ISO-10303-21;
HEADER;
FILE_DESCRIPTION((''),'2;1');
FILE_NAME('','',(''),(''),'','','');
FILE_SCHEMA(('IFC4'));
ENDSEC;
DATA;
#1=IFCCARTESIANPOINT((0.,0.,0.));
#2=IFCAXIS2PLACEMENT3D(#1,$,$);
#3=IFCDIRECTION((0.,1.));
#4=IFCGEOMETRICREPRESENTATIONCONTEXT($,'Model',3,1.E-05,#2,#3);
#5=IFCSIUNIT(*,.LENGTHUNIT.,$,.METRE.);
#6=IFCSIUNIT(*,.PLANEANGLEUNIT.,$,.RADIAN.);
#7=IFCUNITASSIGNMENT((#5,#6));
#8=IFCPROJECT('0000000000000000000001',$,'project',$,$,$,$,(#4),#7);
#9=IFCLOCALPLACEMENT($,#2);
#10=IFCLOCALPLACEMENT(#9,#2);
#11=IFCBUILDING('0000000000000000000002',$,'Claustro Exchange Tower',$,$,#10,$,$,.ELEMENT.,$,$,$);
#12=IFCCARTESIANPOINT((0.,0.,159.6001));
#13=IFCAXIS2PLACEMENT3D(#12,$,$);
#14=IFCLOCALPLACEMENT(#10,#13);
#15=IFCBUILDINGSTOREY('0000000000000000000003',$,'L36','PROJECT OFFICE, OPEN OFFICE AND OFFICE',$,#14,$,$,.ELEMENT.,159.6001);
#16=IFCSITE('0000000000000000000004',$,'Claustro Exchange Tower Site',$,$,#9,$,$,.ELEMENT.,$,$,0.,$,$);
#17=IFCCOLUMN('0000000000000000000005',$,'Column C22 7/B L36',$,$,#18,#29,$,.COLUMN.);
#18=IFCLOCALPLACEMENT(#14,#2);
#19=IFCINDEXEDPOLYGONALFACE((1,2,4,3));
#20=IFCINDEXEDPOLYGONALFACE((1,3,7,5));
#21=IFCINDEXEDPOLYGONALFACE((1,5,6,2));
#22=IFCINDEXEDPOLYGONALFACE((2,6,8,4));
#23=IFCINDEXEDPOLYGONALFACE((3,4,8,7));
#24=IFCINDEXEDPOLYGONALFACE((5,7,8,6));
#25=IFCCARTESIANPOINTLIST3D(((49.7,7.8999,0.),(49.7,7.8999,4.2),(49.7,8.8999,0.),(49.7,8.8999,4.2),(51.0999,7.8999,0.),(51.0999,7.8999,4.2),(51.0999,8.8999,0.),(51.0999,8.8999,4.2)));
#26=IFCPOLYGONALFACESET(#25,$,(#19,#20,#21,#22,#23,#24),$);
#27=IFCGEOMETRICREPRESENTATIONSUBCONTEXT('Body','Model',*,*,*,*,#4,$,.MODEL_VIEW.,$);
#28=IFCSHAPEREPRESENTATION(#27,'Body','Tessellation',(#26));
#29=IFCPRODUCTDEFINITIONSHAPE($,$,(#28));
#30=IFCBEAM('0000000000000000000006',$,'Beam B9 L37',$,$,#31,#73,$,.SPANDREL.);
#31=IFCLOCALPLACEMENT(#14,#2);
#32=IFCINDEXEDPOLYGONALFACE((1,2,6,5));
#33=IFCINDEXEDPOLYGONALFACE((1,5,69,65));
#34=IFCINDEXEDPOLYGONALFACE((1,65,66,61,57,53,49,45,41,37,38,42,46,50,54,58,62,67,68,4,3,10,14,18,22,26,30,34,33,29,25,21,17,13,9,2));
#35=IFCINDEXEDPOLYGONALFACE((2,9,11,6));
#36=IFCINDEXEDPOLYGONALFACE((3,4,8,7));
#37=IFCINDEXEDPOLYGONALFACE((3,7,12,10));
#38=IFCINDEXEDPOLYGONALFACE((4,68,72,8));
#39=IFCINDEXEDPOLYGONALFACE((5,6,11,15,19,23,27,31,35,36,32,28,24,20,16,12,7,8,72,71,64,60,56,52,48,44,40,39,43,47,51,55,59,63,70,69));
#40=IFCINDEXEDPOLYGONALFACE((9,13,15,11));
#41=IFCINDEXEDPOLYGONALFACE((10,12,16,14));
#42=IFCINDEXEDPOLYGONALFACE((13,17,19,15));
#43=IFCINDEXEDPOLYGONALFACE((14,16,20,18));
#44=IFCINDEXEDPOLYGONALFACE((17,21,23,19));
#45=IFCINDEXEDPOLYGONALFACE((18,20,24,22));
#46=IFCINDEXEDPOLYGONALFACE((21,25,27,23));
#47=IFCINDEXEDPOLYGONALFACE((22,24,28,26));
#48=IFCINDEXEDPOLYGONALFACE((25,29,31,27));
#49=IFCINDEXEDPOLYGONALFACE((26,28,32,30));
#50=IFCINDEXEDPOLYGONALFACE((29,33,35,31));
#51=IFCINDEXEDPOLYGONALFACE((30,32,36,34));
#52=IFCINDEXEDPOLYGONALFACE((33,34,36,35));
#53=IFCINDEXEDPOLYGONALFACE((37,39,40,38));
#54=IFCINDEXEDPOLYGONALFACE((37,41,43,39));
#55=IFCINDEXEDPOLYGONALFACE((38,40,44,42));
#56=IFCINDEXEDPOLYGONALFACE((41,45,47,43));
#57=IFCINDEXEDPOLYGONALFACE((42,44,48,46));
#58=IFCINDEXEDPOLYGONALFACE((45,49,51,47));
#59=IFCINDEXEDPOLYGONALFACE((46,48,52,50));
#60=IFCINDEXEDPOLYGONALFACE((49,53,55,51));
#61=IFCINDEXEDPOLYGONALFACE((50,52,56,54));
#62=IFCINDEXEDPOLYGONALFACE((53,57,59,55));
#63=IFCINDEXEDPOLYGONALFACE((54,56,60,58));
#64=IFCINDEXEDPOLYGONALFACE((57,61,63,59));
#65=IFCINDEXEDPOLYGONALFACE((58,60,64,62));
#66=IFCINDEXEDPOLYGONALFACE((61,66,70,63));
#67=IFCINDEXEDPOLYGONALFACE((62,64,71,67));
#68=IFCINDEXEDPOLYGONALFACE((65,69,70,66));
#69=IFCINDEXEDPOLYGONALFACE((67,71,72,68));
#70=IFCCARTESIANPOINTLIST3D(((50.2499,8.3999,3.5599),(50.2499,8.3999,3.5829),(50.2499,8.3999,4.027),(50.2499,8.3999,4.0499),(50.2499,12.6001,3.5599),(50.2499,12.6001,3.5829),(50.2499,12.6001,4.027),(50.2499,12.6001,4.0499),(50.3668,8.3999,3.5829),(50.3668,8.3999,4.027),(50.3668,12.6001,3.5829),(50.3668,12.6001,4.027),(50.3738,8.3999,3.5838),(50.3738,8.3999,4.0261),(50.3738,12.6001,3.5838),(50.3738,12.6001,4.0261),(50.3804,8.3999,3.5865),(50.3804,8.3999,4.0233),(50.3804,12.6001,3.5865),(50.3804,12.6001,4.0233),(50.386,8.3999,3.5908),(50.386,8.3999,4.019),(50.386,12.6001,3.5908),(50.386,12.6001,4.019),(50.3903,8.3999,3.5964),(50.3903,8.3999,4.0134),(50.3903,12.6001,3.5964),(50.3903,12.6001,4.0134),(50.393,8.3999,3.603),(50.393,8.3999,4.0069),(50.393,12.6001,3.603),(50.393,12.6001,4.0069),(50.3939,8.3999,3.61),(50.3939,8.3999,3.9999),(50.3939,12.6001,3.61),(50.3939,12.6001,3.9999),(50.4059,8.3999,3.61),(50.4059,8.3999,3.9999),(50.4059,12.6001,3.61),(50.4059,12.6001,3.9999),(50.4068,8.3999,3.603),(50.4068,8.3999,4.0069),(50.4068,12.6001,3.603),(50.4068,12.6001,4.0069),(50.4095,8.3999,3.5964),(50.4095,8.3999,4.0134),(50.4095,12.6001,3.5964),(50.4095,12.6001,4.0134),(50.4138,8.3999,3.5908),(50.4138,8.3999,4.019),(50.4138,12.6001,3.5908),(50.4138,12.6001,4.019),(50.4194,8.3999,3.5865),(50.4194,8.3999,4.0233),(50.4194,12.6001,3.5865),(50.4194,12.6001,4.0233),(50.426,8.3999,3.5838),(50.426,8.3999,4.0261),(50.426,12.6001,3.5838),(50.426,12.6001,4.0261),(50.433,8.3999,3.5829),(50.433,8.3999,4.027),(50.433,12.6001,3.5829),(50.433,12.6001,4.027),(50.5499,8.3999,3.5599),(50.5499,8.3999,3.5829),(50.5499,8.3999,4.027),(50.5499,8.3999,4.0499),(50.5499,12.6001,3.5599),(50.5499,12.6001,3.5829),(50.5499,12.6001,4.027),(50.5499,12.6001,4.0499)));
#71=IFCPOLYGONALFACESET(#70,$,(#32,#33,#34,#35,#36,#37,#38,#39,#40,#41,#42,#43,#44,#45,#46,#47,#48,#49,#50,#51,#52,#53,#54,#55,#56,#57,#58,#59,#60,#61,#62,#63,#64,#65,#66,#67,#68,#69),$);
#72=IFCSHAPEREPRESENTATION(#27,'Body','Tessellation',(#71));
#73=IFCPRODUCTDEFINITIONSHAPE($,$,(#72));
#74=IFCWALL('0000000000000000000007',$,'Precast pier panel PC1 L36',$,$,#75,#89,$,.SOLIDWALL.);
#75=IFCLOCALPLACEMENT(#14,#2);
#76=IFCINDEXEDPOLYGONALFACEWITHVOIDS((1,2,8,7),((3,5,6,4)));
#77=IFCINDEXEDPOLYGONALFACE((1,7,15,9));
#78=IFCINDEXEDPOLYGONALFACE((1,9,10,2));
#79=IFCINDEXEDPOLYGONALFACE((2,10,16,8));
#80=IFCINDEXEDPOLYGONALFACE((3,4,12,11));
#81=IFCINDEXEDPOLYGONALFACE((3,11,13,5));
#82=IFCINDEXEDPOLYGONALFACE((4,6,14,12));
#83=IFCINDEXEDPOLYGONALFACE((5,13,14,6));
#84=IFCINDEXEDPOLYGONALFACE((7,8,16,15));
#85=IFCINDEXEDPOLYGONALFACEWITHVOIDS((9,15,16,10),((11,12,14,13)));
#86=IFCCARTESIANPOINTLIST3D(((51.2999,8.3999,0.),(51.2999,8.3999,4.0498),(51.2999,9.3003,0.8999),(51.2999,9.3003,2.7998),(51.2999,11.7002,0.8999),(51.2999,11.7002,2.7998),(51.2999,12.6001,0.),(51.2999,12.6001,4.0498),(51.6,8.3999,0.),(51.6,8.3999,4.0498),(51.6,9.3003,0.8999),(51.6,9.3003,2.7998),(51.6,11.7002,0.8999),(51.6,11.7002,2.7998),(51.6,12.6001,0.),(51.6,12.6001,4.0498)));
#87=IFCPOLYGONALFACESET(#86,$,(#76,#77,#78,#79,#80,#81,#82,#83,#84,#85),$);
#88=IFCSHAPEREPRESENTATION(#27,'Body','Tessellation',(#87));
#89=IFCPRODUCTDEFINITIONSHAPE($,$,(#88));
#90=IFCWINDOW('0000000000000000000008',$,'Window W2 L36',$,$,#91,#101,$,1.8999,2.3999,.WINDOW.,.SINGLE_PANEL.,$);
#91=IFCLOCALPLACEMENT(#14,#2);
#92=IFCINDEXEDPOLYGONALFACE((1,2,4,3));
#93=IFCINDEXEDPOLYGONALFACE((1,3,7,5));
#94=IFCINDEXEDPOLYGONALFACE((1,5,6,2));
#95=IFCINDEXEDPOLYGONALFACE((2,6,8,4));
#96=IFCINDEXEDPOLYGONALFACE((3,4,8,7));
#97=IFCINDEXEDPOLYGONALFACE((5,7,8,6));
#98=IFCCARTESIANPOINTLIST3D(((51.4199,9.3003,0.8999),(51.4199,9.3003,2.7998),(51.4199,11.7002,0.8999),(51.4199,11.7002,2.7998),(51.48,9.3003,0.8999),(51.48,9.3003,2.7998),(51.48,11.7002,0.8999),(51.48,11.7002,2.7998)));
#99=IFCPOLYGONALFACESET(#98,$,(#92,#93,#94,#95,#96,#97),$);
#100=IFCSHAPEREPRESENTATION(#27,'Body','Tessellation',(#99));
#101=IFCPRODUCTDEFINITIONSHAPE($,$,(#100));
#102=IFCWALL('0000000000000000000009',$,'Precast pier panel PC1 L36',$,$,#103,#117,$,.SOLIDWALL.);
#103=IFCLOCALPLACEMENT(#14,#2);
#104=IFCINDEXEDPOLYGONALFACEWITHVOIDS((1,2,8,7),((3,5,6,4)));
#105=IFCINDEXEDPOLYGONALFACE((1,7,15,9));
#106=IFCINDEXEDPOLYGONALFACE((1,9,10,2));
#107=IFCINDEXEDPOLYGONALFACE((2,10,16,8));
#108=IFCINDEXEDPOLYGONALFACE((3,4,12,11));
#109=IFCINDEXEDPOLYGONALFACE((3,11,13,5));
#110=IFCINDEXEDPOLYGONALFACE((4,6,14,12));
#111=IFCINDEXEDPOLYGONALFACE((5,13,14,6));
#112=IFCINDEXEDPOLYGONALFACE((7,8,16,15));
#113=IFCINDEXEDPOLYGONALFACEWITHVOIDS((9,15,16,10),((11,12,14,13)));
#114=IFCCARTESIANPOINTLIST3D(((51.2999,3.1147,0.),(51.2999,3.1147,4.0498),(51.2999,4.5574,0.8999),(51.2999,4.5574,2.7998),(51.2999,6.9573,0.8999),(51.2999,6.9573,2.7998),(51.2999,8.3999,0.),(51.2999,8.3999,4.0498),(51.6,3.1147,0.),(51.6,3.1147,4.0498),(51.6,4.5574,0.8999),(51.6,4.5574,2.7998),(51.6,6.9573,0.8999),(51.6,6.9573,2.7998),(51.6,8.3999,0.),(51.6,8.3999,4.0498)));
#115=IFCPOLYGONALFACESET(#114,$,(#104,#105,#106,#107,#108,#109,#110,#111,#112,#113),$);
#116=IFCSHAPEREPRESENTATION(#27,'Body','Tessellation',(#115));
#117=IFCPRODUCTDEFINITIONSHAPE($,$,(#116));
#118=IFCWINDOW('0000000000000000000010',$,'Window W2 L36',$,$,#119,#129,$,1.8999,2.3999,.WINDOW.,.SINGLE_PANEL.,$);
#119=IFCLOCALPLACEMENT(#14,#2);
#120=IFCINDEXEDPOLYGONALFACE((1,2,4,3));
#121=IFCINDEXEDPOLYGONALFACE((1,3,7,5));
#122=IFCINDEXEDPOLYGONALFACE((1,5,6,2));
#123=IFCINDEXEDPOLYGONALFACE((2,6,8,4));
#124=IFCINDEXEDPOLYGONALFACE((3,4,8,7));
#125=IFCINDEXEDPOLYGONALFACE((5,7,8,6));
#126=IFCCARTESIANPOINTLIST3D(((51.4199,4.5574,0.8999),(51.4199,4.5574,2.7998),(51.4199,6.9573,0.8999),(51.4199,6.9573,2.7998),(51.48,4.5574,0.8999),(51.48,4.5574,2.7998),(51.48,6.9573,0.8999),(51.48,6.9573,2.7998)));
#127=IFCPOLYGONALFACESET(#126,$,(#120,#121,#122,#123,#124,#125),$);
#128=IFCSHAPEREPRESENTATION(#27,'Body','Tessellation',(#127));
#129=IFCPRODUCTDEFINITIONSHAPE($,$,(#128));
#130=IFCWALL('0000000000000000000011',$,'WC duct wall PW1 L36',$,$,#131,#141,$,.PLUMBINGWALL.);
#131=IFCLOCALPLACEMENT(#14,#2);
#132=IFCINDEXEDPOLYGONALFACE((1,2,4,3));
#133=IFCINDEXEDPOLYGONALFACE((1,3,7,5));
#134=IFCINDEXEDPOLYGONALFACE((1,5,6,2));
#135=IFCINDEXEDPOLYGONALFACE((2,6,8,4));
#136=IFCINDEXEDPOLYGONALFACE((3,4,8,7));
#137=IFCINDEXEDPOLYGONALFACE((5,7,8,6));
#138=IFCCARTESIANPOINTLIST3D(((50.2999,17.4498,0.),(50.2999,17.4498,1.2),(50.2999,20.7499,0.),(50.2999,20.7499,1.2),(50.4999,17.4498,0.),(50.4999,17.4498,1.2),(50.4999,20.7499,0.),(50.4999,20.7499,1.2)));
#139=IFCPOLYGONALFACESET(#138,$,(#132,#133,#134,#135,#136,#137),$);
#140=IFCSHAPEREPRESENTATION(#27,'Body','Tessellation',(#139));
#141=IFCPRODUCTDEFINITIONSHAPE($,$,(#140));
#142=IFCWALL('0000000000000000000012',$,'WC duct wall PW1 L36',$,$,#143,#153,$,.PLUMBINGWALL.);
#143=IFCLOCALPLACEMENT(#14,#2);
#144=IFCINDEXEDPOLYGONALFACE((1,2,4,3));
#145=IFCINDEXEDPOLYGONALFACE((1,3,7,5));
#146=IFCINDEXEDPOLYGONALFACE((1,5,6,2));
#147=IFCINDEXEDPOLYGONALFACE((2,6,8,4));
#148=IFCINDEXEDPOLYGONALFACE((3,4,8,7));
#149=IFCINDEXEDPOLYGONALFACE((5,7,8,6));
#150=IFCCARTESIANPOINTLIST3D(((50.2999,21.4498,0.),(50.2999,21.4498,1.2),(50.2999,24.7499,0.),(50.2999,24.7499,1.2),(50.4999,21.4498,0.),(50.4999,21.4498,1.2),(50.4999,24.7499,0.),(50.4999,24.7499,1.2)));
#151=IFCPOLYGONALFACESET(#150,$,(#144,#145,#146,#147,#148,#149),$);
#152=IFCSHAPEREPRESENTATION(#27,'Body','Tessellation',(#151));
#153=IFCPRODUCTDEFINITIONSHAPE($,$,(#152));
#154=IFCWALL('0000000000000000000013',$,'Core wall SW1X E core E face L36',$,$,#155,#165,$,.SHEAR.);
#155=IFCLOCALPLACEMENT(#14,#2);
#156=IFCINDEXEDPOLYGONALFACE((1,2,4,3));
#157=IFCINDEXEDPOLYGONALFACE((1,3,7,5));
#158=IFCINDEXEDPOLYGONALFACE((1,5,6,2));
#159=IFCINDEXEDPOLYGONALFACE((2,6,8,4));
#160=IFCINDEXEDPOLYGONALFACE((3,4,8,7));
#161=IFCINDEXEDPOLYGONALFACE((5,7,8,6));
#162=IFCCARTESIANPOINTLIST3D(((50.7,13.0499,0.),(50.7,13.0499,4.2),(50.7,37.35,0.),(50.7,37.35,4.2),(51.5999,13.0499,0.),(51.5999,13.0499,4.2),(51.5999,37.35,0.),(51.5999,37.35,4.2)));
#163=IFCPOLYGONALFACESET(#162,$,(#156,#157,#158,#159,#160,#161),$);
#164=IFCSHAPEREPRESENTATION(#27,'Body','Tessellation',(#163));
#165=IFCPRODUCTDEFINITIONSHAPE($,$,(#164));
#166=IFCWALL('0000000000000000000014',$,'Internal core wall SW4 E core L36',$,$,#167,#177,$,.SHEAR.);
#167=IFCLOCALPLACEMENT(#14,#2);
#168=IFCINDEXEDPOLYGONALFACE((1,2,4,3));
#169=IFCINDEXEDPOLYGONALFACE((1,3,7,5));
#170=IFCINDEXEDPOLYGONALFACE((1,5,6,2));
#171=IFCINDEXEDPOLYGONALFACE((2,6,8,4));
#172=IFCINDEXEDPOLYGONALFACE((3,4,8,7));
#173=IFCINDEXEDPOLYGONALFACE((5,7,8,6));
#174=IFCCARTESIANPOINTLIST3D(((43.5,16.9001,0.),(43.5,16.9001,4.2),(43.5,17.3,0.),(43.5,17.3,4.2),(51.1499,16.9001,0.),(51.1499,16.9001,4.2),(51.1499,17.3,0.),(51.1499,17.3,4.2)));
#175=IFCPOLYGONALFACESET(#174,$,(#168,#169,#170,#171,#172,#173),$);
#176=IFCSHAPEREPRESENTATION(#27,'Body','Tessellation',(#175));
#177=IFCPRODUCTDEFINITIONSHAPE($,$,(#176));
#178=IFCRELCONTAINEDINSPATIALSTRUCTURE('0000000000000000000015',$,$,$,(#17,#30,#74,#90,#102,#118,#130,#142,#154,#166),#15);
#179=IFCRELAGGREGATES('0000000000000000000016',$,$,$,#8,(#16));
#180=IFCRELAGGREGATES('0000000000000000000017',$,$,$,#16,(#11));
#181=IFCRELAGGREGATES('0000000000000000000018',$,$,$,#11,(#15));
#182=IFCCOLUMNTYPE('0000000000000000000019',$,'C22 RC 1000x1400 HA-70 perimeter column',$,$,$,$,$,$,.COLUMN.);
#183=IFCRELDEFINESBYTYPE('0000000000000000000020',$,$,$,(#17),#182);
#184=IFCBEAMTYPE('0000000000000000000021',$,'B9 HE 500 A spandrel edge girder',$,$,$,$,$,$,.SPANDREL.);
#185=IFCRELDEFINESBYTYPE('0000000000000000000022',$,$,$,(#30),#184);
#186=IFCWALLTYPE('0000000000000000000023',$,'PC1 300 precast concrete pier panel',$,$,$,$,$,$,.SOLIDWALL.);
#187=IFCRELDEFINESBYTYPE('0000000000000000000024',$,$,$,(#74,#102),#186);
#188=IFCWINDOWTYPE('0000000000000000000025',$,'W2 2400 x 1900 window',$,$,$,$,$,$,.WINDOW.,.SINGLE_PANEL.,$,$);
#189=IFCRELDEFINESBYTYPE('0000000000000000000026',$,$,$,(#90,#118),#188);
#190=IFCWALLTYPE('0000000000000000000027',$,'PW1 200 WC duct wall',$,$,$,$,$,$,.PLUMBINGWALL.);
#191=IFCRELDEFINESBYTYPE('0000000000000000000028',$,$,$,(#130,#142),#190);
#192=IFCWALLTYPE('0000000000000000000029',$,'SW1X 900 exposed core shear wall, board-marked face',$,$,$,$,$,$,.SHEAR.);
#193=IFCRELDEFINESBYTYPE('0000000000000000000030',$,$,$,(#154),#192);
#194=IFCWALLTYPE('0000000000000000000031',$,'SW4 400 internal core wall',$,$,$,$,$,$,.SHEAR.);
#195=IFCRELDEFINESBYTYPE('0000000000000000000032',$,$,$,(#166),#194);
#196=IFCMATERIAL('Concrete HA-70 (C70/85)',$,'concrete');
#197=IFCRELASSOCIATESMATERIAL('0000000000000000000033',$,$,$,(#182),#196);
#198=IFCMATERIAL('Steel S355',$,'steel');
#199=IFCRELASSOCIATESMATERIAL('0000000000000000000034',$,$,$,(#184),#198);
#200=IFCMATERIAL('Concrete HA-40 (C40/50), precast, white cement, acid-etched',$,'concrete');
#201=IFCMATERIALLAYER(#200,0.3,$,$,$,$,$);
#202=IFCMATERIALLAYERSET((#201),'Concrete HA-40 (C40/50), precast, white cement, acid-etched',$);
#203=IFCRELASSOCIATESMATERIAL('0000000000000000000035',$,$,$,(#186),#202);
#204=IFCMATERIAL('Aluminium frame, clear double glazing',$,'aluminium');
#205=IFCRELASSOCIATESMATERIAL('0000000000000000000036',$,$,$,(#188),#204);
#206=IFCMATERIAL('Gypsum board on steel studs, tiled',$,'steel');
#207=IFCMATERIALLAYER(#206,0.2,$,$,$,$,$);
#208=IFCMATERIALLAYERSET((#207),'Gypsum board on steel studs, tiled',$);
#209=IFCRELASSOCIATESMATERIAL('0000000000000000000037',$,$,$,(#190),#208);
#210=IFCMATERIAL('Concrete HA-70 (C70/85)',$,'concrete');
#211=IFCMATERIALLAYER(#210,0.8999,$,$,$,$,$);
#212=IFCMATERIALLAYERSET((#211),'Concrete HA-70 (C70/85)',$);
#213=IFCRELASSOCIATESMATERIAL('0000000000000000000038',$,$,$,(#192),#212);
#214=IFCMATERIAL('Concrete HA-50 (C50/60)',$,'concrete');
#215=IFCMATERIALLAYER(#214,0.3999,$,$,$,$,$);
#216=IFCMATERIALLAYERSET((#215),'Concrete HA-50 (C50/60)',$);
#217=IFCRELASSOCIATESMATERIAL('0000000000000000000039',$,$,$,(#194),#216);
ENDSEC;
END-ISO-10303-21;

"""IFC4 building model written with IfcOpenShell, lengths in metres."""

from ifc_helpers import new_model, si_unit, direction, frame, frame_2d, origin, origin_2d, place, context, subcontext, project, spatial, rectangle, i_section, extrude, material, layer, layer_set, material_profile, profile_set, type_object, element, fill, save


model = new_model("IFC4")

# Units and contexts
model_context = context("Model", 3, precision=1e-05, world=origin(), true_north=direction((0.0, 1.0)))
body_context = subcontext(model_context, "Body", "Model", "MODEL_VIEW")
ifc_project = project(units=[si_unit("LENGTHUNIT", "METRE"), si_unit("PLANEANGLEUNIT", "RADIAN")], contexts=[model_context])

# Site, building, storey
site_placement = place(None, origin())
site = spatial("IfcSite", under=ifc_project, at=site_placement, Name="Claustro Exchange Tower Site", CompositionType="ELEMENT", RefElevation=0.0)
building_placement = place(site_placement, origin())
building = spatial("IfcBuilding", under=site, at=building_placement, Name="Claustro Exchange Tower", CompositionType="ELEMENT")
storey_placement = place(building_placement, frame((0.0, 0.0, 159.6001)))
storey = spatial("IfcBuildingStorey", under=building, at=storey_placement, Name="L36", Description="PROJECT OFFICE, OPEN OFFICE AND OFFICE", CompositionType="ELEMENT", Elevation=159.6001)

# Column
ifc_material_1 = material(Name="Concrete HA-70 (C70/85)", Category="concrete")
ifc_material_profile_1 = material_profile(ifc_material_1, rectangle(XDim=1.0, YDim=1.3999, at=origin_2d()), Name="RC 1000x1400")
ifc_profile_set_1 = profile_set([ifc_material_profile_1], Name="Concrete HA-70 (C70/85)")
column_type = type_object("IfcColumnType", Name="C22 RC 1000x1400 HA-70 perimeter column", PredefinedType="COLUMN", material=ifc_profile_set_1)
column_placement = place(storey_placement, frame((50.3999, 8.3999, 0.0), z_axis=(0.0, 0.0, 1.0), x_axis=(0.0, 1.0, 0.0)))
element("IfcColumn", 1, at=column_placement, inside=storey, type_object=column_type, Name="Column C22 7/B L36", PredefinedType="COLUMN", context=body_context, shape_type="SweptSolid", body=[
    extrude(rectangle(XDim=1.0, YDim=1.3999, at=origin_2d()), origin(), (0.0, 0.0, 1.0), 4.2),
])

# Beam
ifc_material_2 = material(Name="Steel S355", Category="steel")
ifc_material_profile_2 = material_profile(ifc_material_2, i_section(OverallWidth=0.3, OverallDepth=0.49, WebThickness=0.012, FlangeThickness=0.0229, FilletRadius=0.0271, at=origin_2d()), Name="HE 500 A")
ifc_profile_set_2 = profile_set([ifc_material_profile_2], Name="Steel S355")
beam_type = type_object("IfcBeamType", Name="B9 HE 500 A spandrel edge girder", PredefinedType="SPANDREL", material=ifc_profile_set_2)
beam_placement = place(storey_placement, frame((50.3999, 8.3999, 3.8049), z_axis=(0.0, 1.0, 0.0), x_axis=(-1.0, 0.0, 0.0)))
element("IfcBeam", 2, at=beam_placement, inside=storey, type_object=beam_type, Name="Beam B9 L37", PredefinedType="SPANDREL", context=body_context, shape_type="SweptSolid", body=[
    extrude(i_section(OverallWidth=0.3, OverallDepth=0.49, WebThickness=0.012, FlangeThickness=0.0229, FilletRadius=0.0271, at=origin_2d()), origin(), (0.0, 0.0, 1.0), 4.2002),
])

# Walls, openings, windows
ifc_material_3 = material(Name="Concrete HA-40 (C40/50), precast, white cement, acid-etched", Category="concrete")
ifc_layer_1 = layer(ifc_material_3, 0.3)
ifc_layer_set_1 = layer_set([ifc_layer_1], Name="Concrete HA-40 (C40/50), precast, white cement, acid-etched")
wall_type_1 = type_object("IfcWallType", Name="PC1 300 precast concrete pier panel", PredefinedType="SOLIDWALL", material=ifc_layer_set_1)
wall_1_placement = place(storey_placement, frame((51.45, 12.6001, 0.0), z_axis=(0.0, 0.0, 1.0), x_axis=(0.0, -1.0, 0.0)))
wall_1 = element("IfcWall", 3, at=wall_1_placement, inside=storey, type_object=wall_type_1, Name="Precast pier panel PC1 L36", PredefinedType="SOLIDWALL", context=body_context, shape_type="SweptSolid", body=[
    extrude(rectangle(XDim=4.2002, YDim=0.3, at=frame_2d((2.1001, 0.0))), origin(), (0.0, 0.0, 1.0), 4.0498),
])
opening_1_placement = place(wall_1_placement, frame((0.8999, 0.0, 0.8999)))
opening_1 = element("IfcOpeningElement", 4, at=opening_1_placement, cuts=wall_1, PredefinedType="OPENING", context=body_context, shape_type="SweptSolid", body=[
    extrude(rectangle(XDim=2.3999, YDim=1.8999, at=frame_2d((1.2, 0.95))), frame((0.0, 0.1599, 0.0), z_axis=(0.0, -1.0, 0.0), x_axis=(1.0, 0.0, 0.0)), (0.0, 0.0, 1.0), 0.3201),
])
ifc_material_4 = material(Name="Aluminium frame, clear double glazing", Category="aluminium")
window_type = type_object("IfcWindowType", Name="W2 2400 x 1900 window", PartitioningType="SINGLE_PANEL", PredefinedType="WINDOW", material=ifc_material_4)
window_1_placement = place(opening_1_placement, origin())
window_1 = element("IfcWindow", 5, at=window_1_placement, inside=storey, type_object=window_type, Name="Window W2 L36", OverallHeight=1.8999, OverallWidth=2.3999, PartitioningType="SINGLE_PANEL", PredefinedType="WINDOW", context=body_context, shape_type="SweptSolid", body=[
    extrude(rectangle(XDim=2.3999, YDim=1.8999, at=frame_2d((1.2, 0.95))), frame((0.0, 0.03, 0.0), z_axis=(0.0, -1.0, 0.0), x_axis=(1.0, 0.0, 0.0)), (0.0, 0.0, 1.0), 0.0601),
])
fill(opening_1, window_1)
wall_2_placement = place(storey_placement, frame((51.45, 8.3999, 0.0), z_axis=(0.0, 0.0, 1.0), x_axis=(0.0, -1.0, 0.0)))
wall_2 = element("IfcWall", 6, at=wall_2_placement, inside=storey, type_object=wall_type_1, Name="Precast pier panel PC1 L36", PredefinedType="SOLIDWALL", context=body_context, shape_type="SweptSolid", body=[
    extrude(rectangle(XDim=5.2852, YDim=0.3, at=frame_2d((2.6426, 0.0))), origin(), (0.0, 0.0, 1.0), 4.0498),
])
opening_2_placement = place(wall_2_placement, frame((1.4426, 0.0, 0.8999)))
opening_2 = element("IfcOpeningElement", 7, at=opening_2_placement, cuts=wall_2, PredefinedType="OPENING", context=body_context, shape_type="SweptSolid", body=[
    extrude(rectangle(XDim=2.3999, YDim=1.8999, at=frame_2d((1.2, 0.95))), frame((0.0, 0.1599, 0.0), z_axis=(0.0, -1.0, 0.0), x_axis=(1.0, 0.0, 0.0)), (0.0, 0.0, 1.0), 0.3201),
])
window_2_placement = place(opening_2_placement, origin())
window_2 = element("IfcWindow", 8, at=window_2_placement, inside=storey, type_object=window_type, Name="Window W2 L36", OverallHeight=1.8999, OverallWidth=2.3999, PartitioningType="SINGLE_PANEL", PredefinedType="WINDOW", context=body_context, shape_type="SweptSolid", body=[
    extrude(rectangle(XDim=2.3999, YDim=1.8999, at=frame_2d((1.2, 0.95))), frame((0.0, 0.03, 0.0), z_axis=(0.0, -1.0, 0.0), x_axis=(1.0, 0.0, 0.0)), (0.0, 0.0, 1.0), 0.0601),
])
fill(opening_2, window_2)

# Walls
ifc_material_5 = material(Name="Gypsum board on steel studs, tiled", Category="steel")
ifc_layer_2 = layer(ifc_material_5, 0.2)
ifc_layer_set_2 = layer_set([ifc_layer_2], Name="Gypsum board on steel studs, tiled")
wall_type_2 = type_object("IfcWallType", Name="PW1 200 WC duct wall", PredefinedType="PLUMBINGWALL", material=ifc_layer_set_2)
for number, where, z_axis, x_axis, name in (
    (9, (50.3999, 17.45, 0.0), (0.0, 0.0, 1.0), (0.0, 1.0, 0.0), "WC duct wall PW1 L36"),
    (10, (50.3999, 21.45, 0.0), (0.0, 0.0, 1.0), (0.0, 1.0, 0.0), "WC duct wall PW1 L36"),
):
    element("IfcWall", number, at=place(storey_placement, frame(where, z_axis=z_axis, x_axis=x_axis)), inside=storey, type_object=wall_type_2, Name=name, PredefinedType="PLUMBINGWALL", context=body_context, shape_type="SweptSolid", body=[
        extrude(rectangle(XDim=3.3, YDim=0.2, at=frame_2d((1.6499, 0.0))), origin(), (0.0, 0.0, 1.0), 1.2),
    ])
ifc_material_6 = material(Name="Concrete HA-70 (C70/85)", Category="concrete")
ifc_layer_3 = layer(ifc_material_6, 0.8999)
ifc_layer_set_3 = layer_set([ifc_layer_3], Name="Concrete HA-70 (C70/85)")
wall_type_3 = type_object("IfcWallType", Name="SW1X 900 exposed core shear wall, board-marked face", PredefinedType="SHEAR", material=ifc_layer_set_3)
wall_3_placement = place(storey_placement, frame((51.1499, 13.05, 0.0), z_axis=(0.0, 0.0, 1.0), x_axis=(0.0, 1.0, 0.0)))
element("IfcWall", 11, at=wall_3_placement, inside=storey, type_object=wall_type_3, Name="Core wall SW1X E core E face L36", PredefinedType="SHEAR", context=body_context, shape_type="SweptSolid", body=[
    extrude(rectangle(XDim=24.3, YDim=0.8999, at=frame_2d((12.1499, 0.0))), origin(), (0.0, 0.0, 1.0), 4.2),
])
ifc_material_7 = material(Name="Concrete HA-50 (C50/60)", Category="concrete")
ifc_layer_4 = layer(ifc_material_7, 0.3999)
ifc_layer_set_4 = layer_set([ifc_layer_4], Name="Concrete HA-50 (C50/60)")
wall_type_4 = type_object("IfcWallType", Name="SW4 400 internal core wall", PredefinedType="SHEAR", material=ifc_layer_set_4)
for number, where, z_axis, x_axis, name in (
    (12, (51.1499, 17.1001, 0.0), (0.0, 0.0, 1.0), (-1.0, 0.0, 0.0), "Internal core wall SW4 E core L36"),
):
    element("IfcWall", number, at=place(storey_placement, frame(where, z_axis=z_axis, x_axis=x_axis)), inside=storey, type_object=wall_type_4, Name=name, PredefinedType="SHEAR", context=body_context, shape_type="SweptSolid", body=[
        extrude(rectangle(XDim=7.6499, YDim=0.3999, at=frame_2d((3.825, 0.0))), origin(), (0.0, 0.0, 1.0), 4.2),
    ])

save(model, "model.ifc")
